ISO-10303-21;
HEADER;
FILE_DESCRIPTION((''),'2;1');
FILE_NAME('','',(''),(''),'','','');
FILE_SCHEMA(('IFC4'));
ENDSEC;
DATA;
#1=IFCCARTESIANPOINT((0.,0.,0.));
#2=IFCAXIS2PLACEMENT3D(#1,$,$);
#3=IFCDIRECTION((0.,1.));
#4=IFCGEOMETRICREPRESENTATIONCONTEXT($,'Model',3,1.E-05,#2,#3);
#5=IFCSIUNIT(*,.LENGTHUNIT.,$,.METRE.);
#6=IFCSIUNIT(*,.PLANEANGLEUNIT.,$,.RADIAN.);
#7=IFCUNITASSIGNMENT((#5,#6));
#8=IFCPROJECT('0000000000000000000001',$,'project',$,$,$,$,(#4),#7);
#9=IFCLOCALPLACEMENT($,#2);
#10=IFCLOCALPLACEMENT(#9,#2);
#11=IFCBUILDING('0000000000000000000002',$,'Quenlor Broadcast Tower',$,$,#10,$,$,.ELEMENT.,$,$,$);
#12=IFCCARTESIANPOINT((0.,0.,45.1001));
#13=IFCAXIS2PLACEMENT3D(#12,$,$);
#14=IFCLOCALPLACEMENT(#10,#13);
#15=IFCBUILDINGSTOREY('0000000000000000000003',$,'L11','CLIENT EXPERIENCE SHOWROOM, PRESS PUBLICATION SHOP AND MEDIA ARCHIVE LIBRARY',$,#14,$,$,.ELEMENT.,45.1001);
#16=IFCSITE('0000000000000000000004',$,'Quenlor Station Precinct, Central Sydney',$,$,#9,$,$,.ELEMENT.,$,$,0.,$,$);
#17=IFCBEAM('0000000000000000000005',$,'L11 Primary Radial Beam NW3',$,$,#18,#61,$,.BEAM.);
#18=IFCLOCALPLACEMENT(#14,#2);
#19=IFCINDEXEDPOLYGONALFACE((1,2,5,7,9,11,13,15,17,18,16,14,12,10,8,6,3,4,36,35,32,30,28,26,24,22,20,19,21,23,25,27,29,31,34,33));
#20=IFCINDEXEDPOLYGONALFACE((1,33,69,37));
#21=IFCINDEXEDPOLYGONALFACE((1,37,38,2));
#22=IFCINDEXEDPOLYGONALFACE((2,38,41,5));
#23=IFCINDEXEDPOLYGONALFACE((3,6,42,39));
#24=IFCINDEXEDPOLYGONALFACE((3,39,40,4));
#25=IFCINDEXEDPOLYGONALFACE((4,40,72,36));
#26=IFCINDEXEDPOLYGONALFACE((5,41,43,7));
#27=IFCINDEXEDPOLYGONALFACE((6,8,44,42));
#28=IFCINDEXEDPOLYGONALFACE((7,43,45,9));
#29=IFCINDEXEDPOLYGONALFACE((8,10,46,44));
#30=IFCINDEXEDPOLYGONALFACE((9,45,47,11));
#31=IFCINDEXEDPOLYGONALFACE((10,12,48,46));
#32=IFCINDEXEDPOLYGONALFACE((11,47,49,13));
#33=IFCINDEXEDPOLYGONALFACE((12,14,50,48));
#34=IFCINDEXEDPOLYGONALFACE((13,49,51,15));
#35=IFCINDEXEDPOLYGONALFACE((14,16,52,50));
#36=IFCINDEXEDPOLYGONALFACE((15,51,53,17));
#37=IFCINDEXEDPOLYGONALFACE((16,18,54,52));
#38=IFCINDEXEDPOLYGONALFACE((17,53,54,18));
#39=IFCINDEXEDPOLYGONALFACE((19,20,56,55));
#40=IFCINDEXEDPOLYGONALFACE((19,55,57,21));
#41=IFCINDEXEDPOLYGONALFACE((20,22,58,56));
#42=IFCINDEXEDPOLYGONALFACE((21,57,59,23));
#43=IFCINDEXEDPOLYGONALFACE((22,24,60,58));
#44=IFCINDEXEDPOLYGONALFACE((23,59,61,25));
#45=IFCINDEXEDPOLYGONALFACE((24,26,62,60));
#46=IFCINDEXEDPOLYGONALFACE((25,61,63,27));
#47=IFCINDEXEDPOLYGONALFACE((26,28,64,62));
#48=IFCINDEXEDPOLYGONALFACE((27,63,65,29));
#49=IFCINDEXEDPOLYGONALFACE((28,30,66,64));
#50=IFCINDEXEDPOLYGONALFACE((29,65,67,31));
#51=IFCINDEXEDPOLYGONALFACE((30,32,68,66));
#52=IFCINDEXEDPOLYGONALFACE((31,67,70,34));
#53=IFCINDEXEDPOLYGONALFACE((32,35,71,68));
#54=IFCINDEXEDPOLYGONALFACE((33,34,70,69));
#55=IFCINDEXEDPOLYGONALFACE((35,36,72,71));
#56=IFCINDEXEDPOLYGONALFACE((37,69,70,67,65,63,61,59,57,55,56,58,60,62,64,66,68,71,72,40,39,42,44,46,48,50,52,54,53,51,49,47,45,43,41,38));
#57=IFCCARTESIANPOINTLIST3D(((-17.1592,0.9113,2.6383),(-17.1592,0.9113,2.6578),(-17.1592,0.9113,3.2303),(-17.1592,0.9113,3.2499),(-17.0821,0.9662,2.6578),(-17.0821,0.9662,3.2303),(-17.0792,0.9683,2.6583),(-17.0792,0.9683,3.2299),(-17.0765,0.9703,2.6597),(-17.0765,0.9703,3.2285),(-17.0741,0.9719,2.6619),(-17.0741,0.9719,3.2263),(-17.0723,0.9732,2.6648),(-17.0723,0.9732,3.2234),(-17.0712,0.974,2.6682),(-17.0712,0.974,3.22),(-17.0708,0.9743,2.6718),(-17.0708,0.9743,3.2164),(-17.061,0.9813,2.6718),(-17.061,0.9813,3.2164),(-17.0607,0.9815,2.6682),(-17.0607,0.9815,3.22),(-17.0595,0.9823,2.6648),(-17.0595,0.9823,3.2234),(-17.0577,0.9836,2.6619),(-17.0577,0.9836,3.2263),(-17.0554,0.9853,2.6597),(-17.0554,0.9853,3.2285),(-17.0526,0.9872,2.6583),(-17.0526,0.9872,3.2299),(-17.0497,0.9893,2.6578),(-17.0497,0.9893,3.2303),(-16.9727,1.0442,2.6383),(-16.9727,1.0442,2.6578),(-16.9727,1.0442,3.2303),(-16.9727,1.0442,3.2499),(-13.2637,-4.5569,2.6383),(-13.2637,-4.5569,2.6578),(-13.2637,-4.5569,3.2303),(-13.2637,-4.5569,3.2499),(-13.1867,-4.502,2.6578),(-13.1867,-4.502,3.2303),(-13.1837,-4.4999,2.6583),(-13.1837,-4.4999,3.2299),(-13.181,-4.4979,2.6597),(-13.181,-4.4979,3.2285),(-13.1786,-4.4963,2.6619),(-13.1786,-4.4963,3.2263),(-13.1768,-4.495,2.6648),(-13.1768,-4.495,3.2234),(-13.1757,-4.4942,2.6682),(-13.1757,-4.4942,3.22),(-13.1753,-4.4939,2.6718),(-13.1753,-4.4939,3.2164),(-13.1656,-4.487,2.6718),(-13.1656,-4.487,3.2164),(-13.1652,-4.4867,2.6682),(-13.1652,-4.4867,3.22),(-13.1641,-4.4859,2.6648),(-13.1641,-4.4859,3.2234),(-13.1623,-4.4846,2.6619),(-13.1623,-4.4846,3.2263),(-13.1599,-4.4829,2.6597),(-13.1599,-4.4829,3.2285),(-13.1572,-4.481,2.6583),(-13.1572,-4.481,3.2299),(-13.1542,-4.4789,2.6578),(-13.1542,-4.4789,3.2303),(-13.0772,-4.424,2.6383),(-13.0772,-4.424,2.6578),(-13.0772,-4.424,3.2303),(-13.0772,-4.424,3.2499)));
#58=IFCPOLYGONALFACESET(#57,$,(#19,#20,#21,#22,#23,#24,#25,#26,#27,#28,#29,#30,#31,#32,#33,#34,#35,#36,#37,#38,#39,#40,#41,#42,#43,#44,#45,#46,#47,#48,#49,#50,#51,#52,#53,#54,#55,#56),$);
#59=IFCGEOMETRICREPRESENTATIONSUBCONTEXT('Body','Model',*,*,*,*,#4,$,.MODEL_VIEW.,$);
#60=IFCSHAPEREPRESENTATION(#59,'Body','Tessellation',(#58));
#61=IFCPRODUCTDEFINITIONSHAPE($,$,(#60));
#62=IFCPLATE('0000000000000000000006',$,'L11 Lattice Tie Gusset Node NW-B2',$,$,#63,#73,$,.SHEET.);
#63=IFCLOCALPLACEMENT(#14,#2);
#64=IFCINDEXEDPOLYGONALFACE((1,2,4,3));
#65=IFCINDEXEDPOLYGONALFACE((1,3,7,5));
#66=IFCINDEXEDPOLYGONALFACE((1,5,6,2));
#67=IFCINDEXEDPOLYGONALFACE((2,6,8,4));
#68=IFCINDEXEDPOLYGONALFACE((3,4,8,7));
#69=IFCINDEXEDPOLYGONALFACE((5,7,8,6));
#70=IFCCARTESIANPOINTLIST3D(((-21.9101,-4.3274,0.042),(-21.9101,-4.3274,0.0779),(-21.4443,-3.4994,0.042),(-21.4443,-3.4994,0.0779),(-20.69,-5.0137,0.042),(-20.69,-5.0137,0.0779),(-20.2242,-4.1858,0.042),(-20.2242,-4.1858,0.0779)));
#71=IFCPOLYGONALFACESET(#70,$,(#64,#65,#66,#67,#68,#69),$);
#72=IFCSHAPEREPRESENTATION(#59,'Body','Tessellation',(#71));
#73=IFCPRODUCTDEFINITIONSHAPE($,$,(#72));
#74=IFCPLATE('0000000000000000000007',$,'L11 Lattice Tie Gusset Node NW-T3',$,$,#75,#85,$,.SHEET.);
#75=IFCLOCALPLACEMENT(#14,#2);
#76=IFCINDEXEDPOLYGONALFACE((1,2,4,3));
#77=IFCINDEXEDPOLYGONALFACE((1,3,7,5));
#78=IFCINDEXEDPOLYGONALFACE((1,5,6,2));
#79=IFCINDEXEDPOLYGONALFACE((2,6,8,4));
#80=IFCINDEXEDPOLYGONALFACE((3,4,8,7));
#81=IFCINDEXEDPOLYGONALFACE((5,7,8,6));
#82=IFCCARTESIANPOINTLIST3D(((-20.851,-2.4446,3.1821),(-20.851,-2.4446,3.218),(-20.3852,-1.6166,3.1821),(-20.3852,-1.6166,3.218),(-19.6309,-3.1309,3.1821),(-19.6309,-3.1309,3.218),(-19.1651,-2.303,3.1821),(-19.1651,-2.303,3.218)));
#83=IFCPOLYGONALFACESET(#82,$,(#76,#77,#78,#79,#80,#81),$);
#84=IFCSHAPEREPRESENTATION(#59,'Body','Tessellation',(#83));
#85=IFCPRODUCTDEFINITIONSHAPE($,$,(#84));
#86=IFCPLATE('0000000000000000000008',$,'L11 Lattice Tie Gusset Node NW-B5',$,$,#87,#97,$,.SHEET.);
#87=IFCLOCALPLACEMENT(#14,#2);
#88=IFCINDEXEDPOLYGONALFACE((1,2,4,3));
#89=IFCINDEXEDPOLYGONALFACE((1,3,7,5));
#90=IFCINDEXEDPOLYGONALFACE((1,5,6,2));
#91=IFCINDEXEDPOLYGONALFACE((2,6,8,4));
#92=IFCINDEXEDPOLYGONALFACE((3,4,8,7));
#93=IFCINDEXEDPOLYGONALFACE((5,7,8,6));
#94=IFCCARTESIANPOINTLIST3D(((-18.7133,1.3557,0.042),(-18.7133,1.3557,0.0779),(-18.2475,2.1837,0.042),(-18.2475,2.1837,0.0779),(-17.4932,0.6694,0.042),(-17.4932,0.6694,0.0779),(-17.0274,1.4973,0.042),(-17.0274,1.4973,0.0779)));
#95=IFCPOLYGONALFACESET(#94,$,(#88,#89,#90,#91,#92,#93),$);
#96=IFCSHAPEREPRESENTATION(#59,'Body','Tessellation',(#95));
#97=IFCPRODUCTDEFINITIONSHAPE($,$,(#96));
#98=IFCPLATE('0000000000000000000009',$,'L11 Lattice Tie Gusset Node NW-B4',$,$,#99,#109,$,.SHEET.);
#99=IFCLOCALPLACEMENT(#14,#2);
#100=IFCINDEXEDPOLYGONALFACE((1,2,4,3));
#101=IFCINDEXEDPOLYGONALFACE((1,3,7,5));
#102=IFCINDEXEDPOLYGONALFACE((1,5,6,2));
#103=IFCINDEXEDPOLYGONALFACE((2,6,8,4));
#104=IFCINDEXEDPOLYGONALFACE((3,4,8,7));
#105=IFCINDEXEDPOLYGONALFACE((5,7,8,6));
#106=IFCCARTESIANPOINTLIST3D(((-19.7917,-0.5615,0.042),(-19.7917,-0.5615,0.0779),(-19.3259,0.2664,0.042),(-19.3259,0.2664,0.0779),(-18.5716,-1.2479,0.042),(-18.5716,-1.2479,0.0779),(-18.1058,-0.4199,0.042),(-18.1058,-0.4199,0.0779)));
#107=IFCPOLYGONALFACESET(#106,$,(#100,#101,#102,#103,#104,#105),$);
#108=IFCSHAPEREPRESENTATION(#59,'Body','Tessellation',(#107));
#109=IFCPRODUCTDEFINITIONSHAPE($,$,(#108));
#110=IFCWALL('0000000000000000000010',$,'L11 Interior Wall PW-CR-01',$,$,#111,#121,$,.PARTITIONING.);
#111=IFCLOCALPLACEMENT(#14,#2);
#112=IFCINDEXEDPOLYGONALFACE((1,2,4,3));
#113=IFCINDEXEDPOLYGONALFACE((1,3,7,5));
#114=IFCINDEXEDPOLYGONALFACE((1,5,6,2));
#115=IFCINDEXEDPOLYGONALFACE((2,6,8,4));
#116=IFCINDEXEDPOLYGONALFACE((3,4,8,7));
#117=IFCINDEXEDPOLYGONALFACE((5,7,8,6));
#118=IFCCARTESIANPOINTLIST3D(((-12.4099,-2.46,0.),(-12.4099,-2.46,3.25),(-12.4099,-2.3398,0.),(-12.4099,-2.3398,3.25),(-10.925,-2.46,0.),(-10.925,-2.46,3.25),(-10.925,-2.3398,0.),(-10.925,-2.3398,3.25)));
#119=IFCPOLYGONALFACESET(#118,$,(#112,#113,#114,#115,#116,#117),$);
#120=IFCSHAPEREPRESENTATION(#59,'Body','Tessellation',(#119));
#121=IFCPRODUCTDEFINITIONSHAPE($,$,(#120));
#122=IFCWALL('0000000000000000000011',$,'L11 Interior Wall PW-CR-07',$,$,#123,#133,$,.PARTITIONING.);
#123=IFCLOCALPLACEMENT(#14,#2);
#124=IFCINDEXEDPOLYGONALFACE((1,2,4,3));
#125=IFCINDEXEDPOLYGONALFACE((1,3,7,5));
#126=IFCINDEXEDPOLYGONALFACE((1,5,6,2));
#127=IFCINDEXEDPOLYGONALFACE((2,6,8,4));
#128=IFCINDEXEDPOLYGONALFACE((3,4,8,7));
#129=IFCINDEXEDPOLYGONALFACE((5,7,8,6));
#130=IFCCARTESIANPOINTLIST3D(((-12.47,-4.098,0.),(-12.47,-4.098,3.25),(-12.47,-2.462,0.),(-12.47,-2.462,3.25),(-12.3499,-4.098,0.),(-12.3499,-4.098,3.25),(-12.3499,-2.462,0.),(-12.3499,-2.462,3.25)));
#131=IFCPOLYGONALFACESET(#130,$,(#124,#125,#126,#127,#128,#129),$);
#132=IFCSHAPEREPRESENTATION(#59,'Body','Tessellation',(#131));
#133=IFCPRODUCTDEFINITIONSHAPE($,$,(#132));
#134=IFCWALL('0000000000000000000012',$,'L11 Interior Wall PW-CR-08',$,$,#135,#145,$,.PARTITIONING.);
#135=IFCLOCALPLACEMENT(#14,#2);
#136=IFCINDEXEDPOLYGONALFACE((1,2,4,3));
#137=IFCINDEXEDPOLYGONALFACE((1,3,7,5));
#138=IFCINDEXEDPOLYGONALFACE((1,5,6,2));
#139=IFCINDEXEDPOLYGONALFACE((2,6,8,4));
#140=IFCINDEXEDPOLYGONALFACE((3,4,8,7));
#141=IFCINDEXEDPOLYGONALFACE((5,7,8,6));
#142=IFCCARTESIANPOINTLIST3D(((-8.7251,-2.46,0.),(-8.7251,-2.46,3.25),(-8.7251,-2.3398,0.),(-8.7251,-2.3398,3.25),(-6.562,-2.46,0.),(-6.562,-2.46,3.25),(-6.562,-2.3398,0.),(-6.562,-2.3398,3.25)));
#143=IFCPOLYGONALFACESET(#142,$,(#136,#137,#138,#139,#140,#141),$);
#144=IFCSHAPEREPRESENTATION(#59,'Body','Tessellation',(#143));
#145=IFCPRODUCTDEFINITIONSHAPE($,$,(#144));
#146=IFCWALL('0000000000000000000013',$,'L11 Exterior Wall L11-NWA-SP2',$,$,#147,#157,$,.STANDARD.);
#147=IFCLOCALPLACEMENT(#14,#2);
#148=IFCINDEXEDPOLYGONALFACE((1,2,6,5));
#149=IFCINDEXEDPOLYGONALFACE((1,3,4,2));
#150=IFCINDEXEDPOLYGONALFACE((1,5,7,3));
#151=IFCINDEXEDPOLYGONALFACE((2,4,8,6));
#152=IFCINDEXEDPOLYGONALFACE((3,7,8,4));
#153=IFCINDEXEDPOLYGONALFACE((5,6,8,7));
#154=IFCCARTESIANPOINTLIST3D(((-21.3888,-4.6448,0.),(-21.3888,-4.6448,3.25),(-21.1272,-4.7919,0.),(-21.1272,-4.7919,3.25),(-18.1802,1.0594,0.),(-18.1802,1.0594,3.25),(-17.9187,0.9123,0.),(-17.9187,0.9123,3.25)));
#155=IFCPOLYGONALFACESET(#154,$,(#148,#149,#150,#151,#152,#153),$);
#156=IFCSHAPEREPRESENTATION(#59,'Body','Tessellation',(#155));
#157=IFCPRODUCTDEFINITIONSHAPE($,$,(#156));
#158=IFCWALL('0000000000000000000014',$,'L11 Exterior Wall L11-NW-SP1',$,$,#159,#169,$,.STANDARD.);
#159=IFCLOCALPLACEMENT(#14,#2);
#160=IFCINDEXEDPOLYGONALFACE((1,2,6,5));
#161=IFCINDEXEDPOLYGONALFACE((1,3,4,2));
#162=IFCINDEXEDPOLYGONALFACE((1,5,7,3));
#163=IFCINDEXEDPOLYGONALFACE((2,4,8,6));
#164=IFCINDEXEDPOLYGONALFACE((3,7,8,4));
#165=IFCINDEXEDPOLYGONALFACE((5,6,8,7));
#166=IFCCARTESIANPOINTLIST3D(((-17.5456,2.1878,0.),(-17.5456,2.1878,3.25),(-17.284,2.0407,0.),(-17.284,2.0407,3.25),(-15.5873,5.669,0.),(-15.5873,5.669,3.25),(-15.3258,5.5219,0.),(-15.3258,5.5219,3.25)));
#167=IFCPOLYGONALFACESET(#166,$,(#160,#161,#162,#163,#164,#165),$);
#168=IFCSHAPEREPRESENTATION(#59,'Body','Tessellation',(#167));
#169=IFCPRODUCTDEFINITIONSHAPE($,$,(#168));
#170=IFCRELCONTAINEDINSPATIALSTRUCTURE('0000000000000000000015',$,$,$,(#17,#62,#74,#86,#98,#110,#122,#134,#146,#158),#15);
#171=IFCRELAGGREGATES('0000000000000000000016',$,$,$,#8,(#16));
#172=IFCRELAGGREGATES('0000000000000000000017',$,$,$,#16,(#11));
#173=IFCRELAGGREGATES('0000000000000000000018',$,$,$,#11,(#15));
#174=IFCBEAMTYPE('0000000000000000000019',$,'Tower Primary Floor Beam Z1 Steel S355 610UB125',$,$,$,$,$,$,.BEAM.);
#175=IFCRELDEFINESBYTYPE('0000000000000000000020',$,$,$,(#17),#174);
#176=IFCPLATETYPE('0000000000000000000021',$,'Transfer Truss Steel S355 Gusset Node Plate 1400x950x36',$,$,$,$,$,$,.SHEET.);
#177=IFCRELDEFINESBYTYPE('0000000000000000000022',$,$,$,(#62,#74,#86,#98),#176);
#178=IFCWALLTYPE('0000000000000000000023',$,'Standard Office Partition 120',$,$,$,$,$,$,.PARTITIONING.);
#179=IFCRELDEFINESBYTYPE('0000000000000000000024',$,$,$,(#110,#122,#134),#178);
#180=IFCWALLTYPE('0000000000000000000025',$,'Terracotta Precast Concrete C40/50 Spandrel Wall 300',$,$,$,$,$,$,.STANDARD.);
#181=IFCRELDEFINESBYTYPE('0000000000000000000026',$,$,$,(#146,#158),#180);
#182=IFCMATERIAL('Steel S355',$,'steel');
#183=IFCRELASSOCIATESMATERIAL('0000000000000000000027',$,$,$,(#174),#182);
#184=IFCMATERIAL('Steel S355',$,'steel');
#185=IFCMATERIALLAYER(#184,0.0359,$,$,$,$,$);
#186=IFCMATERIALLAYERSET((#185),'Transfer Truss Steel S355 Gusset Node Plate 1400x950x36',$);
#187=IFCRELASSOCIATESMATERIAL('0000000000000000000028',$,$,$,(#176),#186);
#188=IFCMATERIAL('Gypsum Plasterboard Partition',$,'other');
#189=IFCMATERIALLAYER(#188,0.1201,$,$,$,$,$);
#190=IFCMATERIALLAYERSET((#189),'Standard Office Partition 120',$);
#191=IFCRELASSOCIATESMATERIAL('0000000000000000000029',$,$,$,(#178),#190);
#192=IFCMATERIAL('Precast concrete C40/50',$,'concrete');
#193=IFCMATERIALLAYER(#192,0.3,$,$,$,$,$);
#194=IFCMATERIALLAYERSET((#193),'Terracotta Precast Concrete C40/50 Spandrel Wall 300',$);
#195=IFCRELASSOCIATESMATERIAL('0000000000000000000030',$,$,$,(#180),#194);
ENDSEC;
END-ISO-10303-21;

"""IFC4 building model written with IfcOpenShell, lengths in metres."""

from ifc_helpers import new_model, si_unit, direction, frame, frame_2d, origin, origin_2d, place, context, subcontext, project, spatial, rectangle, i_section, extrude, material, layer, layer_set, material_profile, profile_set, type_object, element, save


model = new_model("IFC4")

# Units and contexts
model_context = context("Model", 3, precision=1e-05, world=origin(), true_north=direction((0.0, 1.0)))
body_context = subcontext(model_context, "Body", "Model", "MODEL_VIEW")
ifc_project = project(units=[si_unit("LENGTHUNIT", "METRE"), si_unit("PLANEANGLEUNIT", "RADIAN")], contexts=[model_context])

# Site, building, storey
site_placement = place(None, origin())
site = spatial("IfcSite", under=ifc_project, at=site_placement, Name="Quenlor Station Precinct, Central Sydney", CompositionType="ELEMENT", RefElevation=0.0)
building_placement = place(site_placement, origin())
building = spatial("IfcBuilding", under=site, at=building_placement, Name="Quenlor Broadcast Tower", CompositionType="ELEMENT")
storey_placement = place(building_placement, frame((0.0, 0.0, 45.1001)))
storey = spatial("IfcBuildingStorey", under=building, at=storey_placement, Name="L11", Description="CLIENT EXPERIENCE SHOWROOM, PRESS PUBLICATION SHOP AND MEDIA ARCHIVE LIBRARY", CompositionType="ELEMENT", Elevation=45.1001)

# Beam
ifc_material_1 = material(Name="Steel S355", Category="steel")
ifc_material_profile_1 = material_profile(ifc_material_1, i_section(OverallWidth=0.229, OverallDepth=0.6116, WebThickness=0.012, FlangeThickness=0.0195, FilletRadius=0.0139, at=origin_2d()))
ifc_profile_set_1 = profile_set([ifc_material_profile_1], Name="Steel S355 610UB125")
beam_type_1 = type_object("IfcBeamType", Name="Tower Primary Floor Beam Z1 Steel S355 610UB125", PredefinedType="BEAM", material=ifc_profile_set_1)
beam_1_placement = place(storey_placement, frame((-17.0659, 0.9778, 2.9441), z_axis=(0.580213, -0.814465, 0.0), x_axis=(0.814465, 0.580213, 0.0)))
element("IfcBeam", 1, at=beam_1_placement, inside=storey, type_object=beam_type_1, Name="L11 Primary Radial Beam NW3", PredefinedType="BEAM", context=body_context, shape_type="SweptSolid", body=[
    extrude(i_section(OverallWidth=0.229, OverallDepth=0.6116, WebThickness=0.012, FlangeThickness=0.0195, FilletRadius=0.0139, at=origin_2d()), origin(), (0.0, 0.0, 1.0), 6.7139),
])

# Plates
ifc_material_2 = material(Name="Steel S355", Category="steel")
ifc_layer_1 = layer(ifc_material_2, 0.0359)
ifc_layer_set_1 = layer_set([ifc_layer_1], Name="Transfer Truss Steel S355 Gusset Node Plate 1400x950x36")
plate_type = type_object("IfcPlateType", Name="Transfer Truss Steel S355 Gusset Node Plate 1400x950x36", PredefinedType="SHEET", material=ifc_layer_set_1)
for number, where, z_axis, x_axis, name in (
    (2, (-21.0671, -4.2566, 0.042), (0.0, 0.0, 1.0), (-0.871556, 0.490295, 0.0), "L11 Lattice Tie Gusset Node NW-B2"),
    (3, (-20.0081, -2.3738, 3.1821), (0.0, 0.0, 1.0), (-0.871556, 0.490295, 0.0), "L11 Lattice Tie Gusset Node NW-T3"),
    (4, (-17.8704, 1.4265, 0.042), (0.0, 0.0, 1.0), (-0.871556, 0.490295, 0.0), "L11 Lattice Tie Gusset Node NW-B5"),
    (5, (-18.9487, -0.4907, 0.042), (0.0, 0.0, 1.0), (-0.871556, 0.490295, 0.0), "L11 Lattice Tie Gusset Node NW-B4"),
):
    element("IfcPlate", number, at=place(storey_placement, frame(where, z_axis=z_axis, x_axis=x_axis)), inside=storey, type_object=plate_type, Name=name, PredefinedType="SHEET", context=body_context, shape_type="SweptSolid", body=[
        extrude(rectangle(XDim=1.3999, YDim=0.95, at=origin_2d()), origin(), (0.0, 0.0, 1.0), 0.0359),
    ])

# Shared definitions
ifc_material_3 = material(Name="Gypsum Plasterboard Partition", Category="other")
ifc_layer_2 = layer(ifc_material_3, 0.1201)
ifc_layer_set_2 = layer_set([ifc_layer_2], Name="Standard Office Partition 120")
wall_type_1 = type_object("IfcWallType", Name="Standard Office Partition 120", PredefinedType="PARTITIONING", material=ifc_layer_set_2)

# Wall
wall_1_placement = place(storey_placement, frame((-12.4099, -2.3999, 0.0), z_axis=(0.0, 0.0, 1.0), x_axis=(1.0, 0.0, 0.0)))
element("IfcWall", 6, at=wall_1_placement, inside=storey, type_object=wall_type_1, Name="L11 Interior Wall PW-CR-01", PredefinedType="PARTITIONING", context=body_context, shape_type="SweptSolid", body=[
    extrude(rectangle(XDim=1.4849, YDim=0.1201, at=frame_2d((0.7424, 0.0))), origin(), (0.0, 0.0, 1.0), 3.25),
])

# Walls
wall_2_placement = place(storey_placement, frame((-12.4099, -4.0979, 0.0), z_axis=(0.0, 0.0, 1.0), x_axis=(0.0, 1.0, 0.0)))
element("IfcWall", 7, at=wall_2_placement, inside=storey, type_object=wall_type_1, Name="L11 Interior Wall PW-CR-07", PredefinedType="PARTITIONING", context=body_context, shape_type="SweptSolid", body=[
    extrude(rectangle(XDim=1.636, YDim=0.1201, at=frame_2d((0.8179, 0.0))), origin(), (0.0, 0.0, 1.0), 3.25),
])
wall_3_placement = place(storey_placement, frame((-8.7251, -2.3999, 0.0), z_axis=(0.0, 0.0, 1.0), x_axis=(1.0, 0.0, 0.0)))
element("IfcWall", 8, at=wall_3_placement, inside=storey, type_object=wall_type_1, Name="L11 Interior Wall PW-CR-08", PredefinedType="PARTITIONING", context=body_context, shape_type="SweptSolid", body=[
    extrude(rectangle(XDim=2.1631, YDim=0.1201, at=frame_2d((1.0815, 0.0))), origin(), (0.0, 0.0, 1.0), 3.25),
])
ifc_material_4 = material(Name="Precast concrete C40/50", Category="concrete")
ifc_layer_3 = layer(ifc_material_4, 0.3)
ifc_layer_set_3 = layer_set([ifc_layer_3], Name="Terracotta Precast Concrete C40/50 Spandrel Wall 300")
wall_type_2 = type_object("IfcWallType", Name="Terracotta Precast Concrete C40/50 Spandrel Wall 300", PredefinedType="STANDARD", material=ifc_layer_set_3)
wall_4_placement = place(storey_placement, frame((-21.2581, -4.7185, 0.0), z_axis=(0.0, 0.0, 1.0), x_axis=(0.490254, 0.87158, 0.0)))
element("IfcWall", 9, at=wall_4_placement, inside=storey, type_object=wall_type_2, Name="L11 Exterior Wall L11-NWA-SP2", PredefinedType="STANDARD", context=body_context, shape_type="SweptSolid", body=[
    extrude(rectangle(XDim=6.5447, YDim=0.3, at=frame_2d((3.2725, 0.0))), origin(), (0.0, 0.0, 1.0), 3.25),
])
wall_5_placement = place(storey_placement, frame((-17.4148, 2.1143, 0.0), z_axis=(0.0, 0.0, 1.0), x_axis=(0.490276, 0.871567, 0.0)))
element("IfcWall", 10, at=wall_5_placement, inside=storey, type_object=wall_type_2, Name="L11 Exterior Wall L11-NW-SP1", PredefinedType="STANDARD", context=body_context, shape_type="SweptSolid", body=[
    extrude(rectangle(XDim=3.9941, YDim=0.3, at=frame_2d((1.9971, 0.0))), origin(), (0.0, 0.0, 1.0), 3.25),
])

save(model, "model.ifc")
